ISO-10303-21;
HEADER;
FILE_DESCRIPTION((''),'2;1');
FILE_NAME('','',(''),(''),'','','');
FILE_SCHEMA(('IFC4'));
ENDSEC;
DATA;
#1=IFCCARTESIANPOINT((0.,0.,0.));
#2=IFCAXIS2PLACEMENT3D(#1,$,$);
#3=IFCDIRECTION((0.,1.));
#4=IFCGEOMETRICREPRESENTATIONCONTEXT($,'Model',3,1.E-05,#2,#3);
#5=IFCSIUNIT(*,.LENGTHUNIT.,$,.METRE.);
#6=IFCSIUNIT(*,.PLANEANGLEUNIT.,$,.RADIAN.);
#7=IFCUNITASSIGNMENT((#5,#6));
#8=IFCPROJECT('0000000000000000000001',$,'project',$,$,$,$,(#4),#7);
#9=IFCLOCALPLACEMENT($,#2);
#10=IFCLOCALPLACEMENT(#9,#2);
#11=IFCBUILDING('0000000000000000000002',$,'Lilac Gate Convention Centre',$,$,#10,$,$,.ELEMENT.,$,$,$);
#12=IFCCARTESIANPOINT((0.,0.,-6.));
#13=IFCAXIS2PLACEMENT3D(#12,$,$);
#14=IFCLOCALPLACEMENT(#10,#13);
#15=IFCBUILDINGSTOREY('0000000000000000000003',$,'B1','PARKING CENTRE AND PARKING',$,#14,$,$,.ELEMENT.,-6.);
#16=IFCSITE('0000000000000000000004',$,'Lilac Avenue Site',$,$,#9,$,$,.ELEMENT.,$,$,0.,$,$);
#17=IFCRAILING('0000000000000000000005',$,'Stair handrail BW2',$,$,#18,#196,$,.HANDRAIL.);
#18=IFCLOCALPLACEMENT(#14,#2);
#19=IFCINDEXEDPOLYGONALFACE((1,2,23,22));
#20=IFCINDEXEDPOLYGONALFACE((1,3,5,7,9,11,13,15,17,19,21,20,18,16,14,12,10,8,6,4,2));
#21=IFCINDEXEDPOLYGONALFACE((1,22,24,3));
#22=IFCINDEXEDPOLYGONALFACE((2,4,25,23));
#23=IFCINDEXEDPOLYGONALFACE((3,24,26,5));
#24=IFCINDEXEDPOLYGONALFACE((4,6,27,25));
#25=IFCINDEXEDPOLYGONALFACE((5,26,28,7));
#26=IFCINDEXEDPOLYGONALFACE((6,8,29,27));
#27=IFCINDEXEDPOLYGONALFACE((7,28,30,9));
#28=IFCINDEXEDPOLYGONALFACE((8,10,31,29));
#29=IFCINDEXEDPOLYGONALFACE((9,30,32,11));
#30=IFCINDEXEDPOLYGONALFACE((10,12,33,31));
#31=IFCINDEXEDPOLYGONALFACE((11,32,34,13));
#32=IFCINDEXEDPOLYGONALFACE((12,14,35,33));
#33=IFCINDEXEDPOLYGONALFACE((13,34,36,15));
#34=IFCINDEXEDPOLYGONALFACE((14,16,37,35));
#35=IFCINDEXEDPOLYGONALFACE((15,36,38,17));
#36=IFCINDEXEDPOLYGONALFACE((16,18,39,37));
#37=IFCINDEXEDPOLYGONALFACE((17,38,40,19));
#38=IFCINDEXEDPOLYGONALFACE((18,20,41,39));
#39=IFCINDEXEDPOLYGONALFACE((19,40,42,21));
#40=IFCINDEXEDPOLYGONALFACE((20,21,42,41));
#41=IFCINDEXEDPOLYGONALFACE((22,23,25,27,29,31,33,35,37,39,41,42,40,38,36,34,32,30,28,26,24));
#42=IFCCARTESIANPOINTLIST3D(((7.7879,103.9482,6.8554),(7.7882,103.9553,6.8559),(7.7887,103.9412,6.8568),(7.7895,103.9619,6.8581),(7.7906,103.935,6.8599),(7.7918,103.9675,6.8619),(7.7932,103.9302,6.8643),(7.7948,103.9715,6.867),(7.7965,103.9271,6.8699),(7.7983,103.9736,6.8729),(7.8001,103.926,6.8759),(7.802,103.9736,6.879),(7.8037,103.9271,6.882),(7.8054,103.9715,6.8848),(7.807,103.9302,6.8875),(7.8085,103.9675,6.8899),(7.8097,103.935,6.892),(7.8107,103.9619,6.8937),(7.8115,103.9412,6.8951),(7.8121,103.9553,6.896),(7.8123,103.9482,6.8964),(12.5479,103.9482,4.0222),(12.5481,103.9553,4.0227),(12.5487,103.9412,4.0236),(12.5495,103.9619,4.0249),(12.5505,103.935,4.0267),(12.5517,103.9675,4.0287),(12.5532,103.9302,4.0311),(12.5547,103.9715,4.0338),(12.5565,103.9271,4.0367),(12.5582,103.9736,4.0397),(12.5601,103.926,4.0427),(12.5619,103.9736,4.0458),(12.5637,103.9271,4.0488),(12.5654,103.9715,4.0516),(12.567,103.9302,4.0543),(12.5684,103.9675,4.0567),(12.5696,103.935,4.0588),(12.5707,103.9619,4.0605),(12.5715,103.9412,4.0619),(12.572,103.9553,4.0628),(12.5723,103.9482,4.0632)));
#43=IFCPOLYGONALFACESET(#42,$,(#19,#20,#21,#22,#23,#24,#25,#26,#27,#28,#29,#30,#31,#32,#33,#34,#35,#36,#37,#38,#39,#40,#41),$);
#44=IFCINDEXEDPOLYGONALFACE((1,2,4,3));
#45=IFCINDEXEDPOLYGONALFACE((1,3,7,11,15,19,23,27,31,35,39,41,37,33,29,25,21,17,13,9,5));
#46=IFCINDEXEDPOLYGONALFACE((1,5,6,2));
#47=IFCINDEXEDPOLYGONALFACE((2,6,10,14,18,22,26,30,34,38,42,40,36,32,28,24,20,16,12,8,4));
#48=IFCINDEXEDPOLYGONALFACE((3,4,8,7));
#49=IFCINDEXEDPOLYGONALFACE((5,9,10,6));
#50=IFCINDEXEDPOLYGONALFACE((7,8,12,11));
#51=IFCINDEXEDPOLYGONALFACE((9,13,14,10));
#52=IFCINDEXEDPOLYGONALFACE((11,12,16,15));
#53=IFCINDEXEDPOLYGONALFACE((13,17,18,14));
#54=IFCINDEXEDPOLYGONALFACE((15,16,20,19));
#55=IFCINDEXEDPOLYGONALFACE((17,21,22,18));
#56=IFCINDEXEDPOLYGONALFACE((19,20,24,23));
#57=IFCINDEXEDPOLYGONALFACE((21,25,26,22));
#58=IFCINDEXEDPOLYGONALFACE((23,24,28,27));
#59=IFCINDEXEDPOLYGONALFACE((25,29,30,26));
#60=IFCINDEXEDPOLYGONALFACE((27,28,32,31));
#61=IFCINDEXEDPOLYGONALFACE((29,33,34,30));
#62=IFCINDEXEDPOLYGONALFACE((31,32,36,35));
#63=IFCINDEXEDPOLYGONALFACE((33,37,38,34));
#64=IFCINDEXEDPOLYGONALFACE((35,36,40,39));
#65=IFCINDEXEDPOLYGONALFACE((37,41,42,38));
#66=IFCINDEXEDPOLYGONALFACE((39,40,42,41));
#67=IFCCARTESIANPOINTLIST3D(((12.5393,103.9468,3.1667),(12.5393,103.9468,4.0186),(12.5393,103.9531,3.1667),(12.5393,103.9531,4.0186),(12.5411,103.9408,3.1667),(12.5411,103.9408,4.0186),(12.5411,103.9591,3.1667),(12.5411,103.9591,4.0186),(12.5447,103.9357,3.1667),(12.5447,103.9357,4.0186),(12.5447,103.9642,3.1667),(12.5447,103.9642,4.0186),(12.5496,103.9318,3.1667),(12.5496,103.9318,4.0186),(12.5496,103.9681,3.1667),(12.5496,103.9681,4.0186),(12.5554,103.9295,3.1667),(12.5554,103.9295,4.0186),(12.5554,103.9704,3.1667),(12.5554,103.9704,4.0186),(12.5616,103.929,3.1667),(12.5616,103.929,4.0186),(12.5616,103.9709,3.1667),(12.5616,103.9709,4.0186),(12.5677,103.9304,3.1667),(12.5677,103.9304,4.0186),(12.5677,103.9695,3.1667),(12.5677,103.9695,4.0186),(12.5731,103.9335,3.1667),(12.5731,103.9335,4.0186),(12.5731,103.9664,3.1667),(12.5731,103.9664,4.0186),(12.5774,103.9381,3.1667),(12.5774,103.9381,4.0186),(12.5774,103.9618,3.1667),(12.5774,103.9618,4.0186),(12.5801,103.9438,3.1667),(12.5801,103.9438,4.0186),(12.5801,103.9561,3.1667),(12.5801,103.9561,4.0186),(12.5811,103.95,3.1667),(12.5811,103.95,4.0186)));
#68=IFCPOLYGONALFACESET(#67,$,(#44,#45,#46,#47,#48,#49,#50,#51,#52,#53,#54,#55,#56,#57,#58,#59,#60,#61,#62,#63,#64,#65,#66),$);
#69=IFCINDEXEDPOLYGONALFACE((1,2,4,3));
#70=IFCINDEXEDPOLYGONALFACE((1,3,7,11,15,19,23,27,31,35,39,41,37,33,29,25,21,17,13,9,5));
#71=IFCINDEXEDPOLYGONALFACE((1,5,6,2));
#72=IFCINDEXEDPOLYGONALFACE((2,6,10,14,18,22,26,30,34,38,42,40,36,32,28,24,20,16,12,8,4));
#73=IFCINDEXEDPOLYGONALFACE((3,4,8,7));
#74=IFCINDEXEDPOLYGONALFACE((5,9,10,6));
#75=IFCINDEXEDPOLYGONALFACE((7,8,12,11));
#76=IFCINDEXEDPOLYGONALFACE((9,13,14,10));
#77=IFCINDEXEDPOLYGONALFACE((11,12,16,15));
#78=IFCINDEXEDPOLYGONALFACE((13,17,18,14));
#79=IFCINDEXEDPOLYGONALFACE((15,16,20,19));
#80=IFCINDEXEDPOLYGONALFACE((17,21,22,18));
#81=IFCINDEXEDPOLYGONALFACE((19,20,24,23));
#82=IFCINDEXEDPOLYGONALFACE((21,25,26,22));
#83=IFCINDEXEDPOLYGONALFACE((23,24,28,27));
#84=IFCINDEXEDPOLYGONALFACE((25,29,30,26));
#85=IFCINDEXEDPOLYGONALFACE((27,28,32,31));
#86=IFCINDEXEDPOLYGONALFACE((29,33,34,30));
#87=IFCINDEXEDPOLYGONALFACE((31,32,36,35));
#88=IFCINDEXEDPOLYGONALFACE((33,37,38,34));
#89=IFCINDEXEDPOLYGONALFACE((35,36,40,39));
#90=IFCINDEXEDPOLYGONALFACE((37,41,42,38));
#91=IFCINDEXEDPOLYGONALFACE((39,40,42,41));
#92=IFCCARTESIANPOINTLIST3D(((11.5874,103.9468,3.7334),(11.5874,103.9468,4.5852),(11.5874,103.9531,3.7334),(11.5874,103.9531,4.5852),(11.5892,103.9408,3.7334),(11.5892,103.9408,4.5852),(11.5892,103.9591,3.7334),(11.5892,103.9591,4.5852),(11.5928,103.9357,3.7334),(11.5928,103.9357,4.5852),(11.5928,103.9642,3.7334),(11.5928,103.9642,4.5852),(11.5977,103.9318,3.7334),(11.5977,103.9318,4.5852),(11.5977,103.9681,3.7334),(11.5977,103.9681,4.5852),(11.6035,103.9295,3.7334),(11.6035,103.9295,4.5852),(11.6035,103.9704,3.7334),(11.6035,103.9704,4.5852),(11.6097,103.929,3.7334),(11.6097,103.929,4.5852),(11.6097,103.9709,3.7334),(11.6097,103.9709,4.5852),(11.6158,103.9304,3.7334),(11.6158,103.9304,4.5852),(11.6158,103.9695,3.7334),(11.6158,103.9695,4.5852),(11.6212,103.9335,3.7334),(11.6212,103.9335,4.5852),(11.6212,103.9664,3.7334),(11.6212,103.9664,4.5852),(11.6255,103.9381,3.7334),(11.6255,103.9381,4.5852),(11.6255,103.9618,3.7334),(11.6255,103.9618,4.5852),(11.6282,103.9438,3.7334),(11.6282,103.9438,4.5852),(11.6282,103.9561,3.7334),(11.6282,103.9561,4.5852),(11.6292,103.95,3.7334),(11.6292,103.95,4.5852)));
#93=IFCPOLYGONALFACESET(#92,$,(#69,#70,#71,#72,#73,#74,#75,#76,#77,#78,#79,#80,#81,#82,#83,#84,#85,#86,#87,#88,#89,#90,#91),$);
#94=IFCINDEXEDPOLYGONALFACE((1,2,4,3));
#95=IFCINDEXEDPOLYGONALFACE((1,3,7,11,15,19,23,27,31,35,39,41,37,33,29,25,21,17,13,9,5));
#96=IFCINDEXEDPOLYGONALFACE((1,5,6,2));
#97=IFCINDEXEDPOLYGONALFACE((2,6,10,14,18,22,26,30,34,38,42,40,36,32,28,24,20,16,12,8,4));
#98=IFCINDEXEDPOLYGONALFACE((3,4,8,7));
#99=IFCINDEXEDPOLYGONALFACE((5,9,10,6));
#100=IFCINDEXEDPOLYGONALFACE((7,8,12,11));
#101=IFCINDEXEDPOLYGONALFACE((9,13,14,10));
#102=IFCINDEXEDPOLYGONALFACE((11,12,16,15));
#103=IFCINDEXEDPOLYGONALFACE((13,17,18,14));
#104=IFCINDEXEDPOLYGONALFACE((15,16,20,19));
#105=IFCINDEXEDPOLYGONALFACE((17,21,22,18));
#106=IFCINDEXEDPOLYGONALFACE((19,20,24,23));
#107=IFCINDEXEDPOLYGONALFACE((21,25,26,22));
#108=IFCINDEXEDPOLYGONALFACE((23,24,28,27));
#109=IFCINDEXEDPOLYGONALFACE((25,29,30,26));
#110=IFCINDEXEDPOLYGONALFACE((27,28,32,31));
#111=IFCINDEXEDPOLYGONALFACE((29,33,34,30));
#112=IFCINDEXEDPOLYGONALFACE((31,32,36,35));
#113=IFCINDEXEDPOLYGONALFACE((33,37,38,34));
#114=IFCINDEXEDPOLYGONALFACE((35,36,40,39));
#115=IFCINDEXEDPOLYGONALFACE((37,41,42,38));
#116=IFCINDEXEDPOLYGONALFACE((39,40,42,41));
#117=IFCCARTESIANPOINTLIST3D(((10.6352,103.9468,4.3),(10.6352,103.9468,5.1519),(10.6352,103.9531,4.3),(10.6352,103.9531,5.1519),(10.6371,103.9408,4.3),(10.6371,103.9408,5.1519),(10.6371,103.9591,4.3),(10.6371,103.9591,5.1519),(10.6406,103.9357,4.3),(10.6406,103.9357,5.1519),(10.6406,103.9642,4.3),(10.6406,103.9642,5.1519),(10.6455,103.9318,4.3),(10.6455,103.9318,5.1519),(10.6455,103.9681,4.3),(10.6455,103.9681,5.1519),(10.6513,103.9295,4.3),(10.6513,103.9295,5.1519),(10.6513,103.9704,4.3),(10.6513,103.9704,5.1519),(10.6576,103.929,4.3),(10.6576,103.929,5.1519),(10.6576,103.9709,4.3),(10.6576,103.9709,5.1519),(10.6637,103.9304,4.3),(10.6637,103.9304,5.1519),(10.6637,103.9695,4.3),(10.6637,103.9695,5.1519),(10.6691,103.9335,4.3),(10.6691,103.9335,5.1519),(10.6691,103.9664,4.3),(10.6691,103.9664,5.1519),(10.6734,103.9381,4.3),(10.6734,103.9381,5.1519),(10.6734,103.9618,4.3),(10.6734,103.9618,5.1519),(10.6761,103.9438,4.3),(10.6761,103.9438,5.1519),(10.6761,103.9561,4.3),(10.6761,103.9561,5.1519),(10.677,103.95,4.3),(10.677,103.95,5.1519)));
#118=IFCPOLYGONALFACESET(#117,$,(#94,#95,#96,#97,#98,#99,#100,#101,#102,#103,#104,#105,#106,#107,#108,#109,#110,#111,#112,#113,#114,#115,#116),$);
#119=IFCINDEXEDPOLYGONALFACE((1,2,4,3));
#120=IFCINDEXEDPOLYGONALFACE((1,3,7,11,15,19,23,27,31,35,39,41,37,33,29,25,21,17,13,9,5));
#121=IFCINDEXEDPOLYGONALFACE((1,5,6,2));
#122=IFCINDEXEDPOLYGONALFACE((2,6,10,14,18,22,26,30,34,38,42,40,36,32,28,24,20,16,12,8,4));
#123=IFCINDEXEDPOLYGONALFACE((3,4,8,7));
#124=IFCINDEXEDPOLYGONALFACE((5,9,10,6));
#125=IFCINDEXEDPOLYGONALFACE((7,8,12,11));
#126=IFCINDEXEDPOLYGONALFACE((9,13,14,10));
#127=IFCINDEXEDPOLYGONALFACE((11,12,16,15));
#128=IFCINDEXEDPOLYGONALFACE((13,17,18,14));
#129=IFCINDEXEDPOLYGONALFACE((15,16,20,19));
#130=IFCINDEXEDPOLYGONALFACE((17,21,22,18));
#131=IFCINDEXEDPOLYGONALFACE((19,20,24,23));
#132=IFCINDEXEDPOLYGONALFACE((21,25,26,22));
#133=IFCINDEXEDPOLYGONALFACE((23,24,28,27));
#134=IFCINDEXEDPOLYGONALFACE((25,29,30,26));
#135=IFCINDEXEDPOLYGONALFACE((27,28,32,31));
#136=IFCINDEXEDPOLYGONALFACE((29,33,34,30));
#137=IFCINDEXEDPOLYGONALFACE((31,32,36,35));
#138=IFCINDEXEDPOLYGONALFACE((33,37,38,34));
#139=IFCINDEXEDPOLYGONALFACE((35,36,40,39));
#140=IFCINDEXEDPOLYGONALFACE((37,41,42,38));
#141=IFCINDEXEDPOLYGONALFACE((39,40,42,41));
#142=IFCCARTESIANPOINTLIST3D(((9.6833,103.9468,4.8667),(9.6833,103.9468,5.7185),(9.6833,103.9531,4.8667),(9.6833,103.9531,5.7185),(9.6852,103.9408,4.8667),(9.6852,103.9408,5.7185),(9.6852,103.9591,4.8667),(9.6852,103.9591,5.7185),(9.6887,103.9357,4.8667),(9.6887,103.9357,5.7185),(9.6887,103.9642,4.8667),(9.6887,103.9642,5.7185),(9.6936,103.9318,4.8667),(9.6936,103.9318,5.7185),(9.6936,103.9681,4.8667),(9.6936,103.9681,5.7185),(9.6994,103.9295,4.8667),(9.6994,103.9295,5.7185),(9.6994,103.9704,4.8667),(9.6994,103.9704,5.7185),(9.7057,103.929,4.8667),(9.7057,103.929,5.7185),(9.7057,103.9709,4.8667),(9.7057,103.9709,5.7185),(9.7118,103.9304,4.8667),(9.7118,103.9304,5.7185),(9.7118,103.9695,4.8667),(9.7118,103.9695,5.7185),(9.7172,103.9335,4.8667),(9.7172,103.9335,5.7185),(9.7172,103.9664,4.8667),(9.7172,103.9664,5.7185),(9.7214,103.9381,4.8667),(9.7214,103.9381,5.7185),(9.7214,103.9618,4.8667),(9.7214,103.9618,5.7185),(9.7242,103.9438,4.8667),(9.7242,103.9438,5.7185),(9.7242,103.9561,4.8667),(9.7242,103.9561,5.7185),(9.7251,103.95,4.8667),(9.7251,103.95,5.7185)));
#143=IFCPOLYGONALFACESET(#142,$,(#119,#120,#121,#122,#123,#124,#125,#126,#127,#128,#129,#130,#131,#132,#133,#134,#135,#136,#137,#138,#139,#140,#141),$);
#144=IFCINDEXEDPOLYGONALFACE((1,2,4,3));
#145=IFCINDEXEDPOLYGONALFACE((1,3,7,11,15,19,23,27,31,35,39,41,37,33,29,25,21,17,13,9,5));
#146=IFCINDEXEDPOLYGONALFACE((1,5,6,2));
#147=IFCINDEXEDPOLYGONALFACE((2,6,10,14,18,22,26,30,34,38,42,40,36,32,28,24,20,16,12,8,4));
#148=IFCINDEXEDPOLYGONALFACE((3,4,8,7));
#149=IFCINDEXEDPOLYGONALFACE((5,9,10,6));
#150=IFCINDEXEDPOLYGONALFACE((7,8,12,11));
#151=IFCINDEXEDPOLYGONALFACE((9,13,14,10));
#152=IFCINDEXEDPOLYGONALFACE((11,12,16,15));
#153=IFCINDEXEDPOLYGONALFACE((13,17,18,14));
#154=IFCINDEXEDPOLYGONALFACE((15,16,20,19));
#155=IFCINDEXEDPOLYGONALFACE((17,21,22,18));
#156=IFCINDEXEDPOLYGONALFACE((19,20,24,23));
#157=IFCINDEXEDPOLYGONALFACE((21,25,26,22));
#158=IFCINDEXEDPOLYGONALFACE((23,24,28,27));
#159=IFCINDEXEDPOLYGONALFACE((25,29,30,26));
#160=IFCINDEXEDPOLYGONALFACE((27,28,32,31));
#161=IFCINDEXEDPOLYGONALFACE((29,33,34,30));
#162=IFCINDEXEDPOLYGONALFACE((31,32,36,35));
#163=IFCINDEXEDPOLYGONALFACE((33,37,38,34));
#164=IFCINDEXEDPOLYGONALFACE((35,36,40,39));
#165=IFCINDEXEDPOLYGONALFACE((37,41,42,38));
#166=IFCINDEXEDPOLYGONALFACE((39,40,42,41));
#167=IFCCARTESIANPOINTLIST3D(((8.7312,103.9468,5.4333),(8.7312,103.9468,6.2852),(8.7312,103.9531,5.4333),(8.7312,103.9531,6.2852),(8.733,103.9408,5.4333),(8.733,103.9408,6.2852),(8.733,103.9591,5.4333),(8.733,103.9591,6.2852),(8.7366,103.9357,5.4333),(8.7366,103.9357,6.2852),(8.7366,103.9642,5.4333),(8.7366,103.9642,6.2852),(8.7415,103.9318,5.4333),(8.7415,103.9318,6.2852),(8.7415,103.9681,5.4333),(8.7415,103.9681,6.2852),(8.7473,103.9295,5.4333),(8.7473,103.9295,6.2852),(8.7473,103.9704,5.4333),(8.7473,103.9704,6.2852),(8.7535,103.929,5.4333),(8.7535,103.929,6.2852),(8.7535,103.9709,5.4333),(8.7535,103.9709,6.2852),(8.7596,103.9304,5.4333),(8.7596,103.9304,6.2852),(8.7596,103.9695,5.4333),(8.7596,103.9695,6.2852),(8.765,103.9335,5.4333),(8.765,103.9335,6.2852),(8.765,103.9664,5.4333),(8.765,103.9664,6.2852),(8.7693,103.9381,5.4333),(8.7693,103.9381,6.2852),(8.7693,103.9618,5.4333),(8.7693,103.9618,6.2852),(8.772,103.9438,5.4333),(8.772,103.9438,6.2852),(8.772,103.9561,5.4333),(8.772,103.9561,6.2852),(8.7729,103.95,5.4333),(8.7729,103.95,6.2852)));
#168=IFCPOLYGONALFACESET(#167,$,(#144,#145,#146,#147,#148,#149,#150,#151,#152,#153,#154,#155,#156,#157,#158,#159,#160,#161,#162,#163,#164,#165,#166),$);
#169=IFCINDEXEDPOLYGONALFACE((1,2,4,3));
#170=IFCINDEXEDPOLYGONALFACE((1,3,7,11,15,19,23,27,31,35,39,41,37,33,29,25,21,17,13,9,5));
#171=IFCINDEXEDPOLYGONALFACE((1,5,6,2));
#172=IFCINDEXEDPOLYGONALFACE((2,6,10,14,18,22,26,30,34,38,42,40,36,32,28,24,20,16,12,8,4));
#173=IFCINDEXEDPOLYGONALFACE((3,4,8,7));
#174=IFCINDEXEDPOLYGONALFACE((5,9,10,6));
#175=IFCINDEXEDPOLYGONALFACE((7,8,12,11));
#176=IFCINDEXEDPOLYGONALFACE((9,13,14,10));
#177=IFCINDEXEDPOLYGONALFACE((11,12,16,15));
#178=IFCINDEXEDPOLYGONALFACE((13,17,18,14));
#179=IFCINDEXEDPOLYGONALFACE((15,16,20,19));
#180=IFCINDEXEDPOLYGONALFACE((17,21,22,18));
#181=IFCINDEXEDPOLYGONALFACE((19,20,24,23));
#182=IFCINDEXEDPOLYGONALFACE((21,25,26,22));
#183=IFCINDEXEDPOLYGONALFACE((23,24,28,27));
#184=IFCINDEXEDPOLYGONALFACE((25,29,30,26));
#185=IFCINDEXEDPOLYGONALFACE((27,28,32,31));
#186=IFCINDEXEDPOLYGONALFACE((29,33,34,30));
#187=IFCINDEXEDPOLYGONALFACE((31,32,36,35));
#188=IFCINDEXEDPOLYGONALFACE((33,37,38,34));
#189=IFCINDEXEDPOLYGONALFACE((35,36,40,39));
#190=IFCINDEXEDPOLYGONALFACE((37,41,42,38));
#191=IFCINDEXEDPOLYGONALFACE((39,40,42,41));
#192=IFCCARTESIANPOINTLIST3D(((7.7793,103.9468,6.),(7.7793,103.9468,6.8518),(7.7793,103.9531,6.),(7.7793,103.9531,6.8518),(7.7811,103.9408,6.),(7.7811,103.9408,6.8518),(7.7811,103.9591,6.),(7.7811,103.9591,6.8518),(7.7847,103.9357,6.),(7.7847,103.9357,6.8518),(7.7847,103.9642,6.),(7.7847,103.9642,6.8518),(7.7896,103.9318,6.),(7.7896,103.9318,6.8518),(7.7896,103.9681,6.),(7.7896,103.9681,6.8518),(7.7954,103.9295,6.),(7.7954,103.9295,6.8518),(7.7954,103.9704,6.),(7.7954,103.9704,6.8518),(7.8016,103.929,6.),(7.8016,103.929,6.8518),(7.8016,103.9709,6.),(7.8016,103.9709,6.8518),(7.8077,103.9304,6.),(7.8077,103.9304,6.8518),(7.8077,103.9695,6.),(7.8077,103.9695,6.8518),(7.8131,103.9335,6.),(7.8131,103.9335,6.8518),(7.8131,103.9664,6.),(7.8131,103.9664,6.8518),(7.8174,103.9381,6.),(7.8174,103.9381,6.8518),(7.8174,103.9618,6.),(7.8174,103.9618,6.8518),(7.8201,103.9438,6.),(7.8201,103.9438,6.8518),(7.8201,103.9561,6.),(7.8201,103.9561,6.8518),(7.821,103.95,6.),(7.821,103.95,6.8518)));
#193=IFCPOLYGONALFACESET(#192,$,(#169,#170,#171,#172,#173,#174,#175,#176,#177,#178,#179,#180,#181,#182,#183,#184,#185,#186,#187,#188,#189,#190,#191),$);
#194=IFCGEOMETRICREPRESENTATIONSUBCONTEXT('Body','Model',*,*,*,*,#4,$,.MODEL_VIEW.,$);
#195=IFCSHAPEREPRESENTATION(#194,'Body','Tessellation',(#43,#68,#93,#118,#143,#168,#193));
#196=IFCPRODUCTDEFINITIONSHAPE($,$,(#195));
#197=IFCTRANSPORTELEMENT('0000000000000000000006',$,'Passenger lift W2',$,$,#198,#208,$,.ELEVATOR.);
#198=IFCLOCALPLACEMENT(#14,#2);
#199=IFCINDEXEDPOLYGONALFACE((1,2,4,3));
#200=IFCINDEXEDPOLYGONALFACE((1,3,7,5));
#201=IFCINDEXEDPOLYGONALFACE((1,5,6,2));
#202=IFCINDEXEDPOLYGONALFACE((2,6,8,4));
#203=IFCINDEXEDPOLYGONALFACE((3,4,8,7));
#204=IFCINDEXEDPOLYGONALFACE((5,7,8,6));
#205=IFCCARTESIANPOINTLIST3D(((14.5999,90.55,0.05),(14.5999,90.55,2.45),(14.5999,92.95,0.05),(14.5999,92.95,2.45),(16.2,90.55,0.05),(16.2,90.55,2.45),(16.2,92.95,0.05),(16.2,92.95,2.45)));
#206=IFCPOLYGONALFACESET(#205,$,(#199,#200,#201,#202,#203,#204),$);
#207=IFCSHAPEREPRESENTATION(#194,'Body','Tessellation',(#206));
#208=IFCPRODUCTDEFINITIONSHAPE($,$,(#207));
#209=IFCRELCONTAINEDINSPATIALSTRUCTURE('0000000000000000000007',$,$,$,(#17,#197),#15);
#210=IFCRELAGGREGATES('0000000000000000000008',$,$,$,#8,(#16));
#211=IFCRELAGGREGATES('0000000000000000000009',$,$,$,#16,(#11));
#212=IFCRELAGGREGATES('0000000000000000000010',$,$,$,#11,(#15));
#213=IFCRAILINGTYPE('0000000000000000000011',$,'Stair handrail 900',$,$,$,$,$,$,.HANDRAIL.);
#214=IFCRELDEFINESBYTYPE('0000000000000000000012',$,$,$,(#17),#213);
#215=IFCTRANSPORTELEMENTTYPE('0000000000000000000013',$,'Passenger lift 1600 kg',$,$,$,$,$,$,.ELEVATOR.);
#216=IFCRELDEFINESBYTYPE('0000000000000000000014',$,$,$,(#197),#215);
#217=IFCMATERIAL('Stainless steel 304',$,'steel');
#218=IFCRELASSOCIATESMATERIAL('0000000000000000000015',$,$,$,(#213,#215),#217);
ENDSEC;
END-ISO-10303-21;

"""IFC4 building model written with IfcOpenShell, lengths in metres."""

from ifc_helpers import new_model, si_unit, direction, frame, origin, origin_2d, place, context, subcontext, project, spatial, rectangle, circle, extrude, material, type_object, element, save


model = new_model("IFC4")

# Units and contexts
model_context = context("Model", 3, precision=1e-05, world=origin(), true_north=direction((0.0, 1.0)))
body_context = subcontext(model_context, "Body", "Model", "MODEL_VIEW")
ifc_project = project(units=[si_unit("LENGTHUNIT", "METRE"), si_unit("PLANEANGLEUNIT", "RADIAN")], contexts=[model_context])

# Site, building, storey
site_placement = place(None, origin())
site = spatial("IfcSite", under=ifc_project, at=site_placement, Name="Lilac Avenue Site", CompositionType="ELEMENT", RefElevation=0.0)
building_placement = place(site_placement, origin())
building = spatial("IfcBuilding", under=site, at=building_placement, Name="Lilac Gate Convention Centre", CompositionType="ELEMENT")
storey_placement = place(building_placement, frame((0.0, 0.0, -6.0)))
storey = spatial("IfcBuildingStorey", under=building, at=storey_placement, Name="B1", Description="PARKING CENTRE AND PARKING", CompositionType="ELEMENT", Elevation=-6.0)

# Shared definitions
ifc_material_1 = material(Name="Stainless steel 304", Category="steel")

# Railing
railing_type = type_object("IfcRailingType", Name="Stair handrail 900", PredefinedType="HANDRAIL", material=ifc_material_1)
railing_placement = place(storey_placement, frame((12.5601, 103.95, 3.1667)))
element("IfcRailing", 1, at=railing_placement, inside=storey, type_object=railing_type, Name="Stair handrail BW2", PredefinedType="HANDRAIL", context=body_context, shape_type="SweptSolid", body=[
    extrude(circle(Radius=0.0239, at=origin_2d()), frame((0.0, 0.0, 0.876), z_axis=(-0.8593, 0.0, 0.511472), x_axis=(0.0, -1.0, 0.0)), (0.0, 0.0, 1.0), 5.5393),
    extrude(circle(Radius=0.021, at=origin_2d()), origin(), (0.0, 0.0, 1.0), 0.8518),
    extrude(circle(Radius=0.021, at=origin_2d()), frame((-0.9519, 0.0, 0.5667)), (0.0, 0.0, 1.0), 0.8518),
    extrude(circle(Radius=0.021, at=origin_2d()), frame((-1.9041, 0.0, 1.1333)), (0.0, 0.0, 1.0), 0.8518),
    extrude(circle(Radius=0.021, at=origin_2d()), frame((-2.856, 0.0, 1.7)), (0.0, 0.0, 1.0), 0.8518),
    extrude(circle(Radius=0.021, at=origin_2d()), frame((-3.8081, 0.0, 2.2666)), (0.0, 0.0, 1.0), 0.8518),
    extrude(circle(Radius=0.021, at=origin_2d()), frame((-4.76, 0.0, 2.8333)), (0.0, 0.0, 1.0), 0.8518),
])

# Transport element
transport_element_type = type_object("IfcTransportElementType", Name="Passenger lift 1600 kg", PredefinedType="ELEVATOR", material=ifc_material_1)
transport_element_placement = place(storey_placement, frame((15.3999, 91.75, 0.05), z_axis=(0.0, 0.0, 1.0), x_axis=(1.0, 0.0, 0.0)))
element("IfcTransportElement", 2, at=transport_element_placement, inside=storey, type_object=transport_element_type, Name="Passenger lift W2", PredefinedType="ELEVATOR", context=body_context, shape_type="SweptSolid", body=[
    extrude(rectangle(XDim=1.6001, YDim=2.3999, at=origin_2d()), origin(), (0.0, 0.0, 1.0), 2.3999),
])

save(model, "model.ifc")
